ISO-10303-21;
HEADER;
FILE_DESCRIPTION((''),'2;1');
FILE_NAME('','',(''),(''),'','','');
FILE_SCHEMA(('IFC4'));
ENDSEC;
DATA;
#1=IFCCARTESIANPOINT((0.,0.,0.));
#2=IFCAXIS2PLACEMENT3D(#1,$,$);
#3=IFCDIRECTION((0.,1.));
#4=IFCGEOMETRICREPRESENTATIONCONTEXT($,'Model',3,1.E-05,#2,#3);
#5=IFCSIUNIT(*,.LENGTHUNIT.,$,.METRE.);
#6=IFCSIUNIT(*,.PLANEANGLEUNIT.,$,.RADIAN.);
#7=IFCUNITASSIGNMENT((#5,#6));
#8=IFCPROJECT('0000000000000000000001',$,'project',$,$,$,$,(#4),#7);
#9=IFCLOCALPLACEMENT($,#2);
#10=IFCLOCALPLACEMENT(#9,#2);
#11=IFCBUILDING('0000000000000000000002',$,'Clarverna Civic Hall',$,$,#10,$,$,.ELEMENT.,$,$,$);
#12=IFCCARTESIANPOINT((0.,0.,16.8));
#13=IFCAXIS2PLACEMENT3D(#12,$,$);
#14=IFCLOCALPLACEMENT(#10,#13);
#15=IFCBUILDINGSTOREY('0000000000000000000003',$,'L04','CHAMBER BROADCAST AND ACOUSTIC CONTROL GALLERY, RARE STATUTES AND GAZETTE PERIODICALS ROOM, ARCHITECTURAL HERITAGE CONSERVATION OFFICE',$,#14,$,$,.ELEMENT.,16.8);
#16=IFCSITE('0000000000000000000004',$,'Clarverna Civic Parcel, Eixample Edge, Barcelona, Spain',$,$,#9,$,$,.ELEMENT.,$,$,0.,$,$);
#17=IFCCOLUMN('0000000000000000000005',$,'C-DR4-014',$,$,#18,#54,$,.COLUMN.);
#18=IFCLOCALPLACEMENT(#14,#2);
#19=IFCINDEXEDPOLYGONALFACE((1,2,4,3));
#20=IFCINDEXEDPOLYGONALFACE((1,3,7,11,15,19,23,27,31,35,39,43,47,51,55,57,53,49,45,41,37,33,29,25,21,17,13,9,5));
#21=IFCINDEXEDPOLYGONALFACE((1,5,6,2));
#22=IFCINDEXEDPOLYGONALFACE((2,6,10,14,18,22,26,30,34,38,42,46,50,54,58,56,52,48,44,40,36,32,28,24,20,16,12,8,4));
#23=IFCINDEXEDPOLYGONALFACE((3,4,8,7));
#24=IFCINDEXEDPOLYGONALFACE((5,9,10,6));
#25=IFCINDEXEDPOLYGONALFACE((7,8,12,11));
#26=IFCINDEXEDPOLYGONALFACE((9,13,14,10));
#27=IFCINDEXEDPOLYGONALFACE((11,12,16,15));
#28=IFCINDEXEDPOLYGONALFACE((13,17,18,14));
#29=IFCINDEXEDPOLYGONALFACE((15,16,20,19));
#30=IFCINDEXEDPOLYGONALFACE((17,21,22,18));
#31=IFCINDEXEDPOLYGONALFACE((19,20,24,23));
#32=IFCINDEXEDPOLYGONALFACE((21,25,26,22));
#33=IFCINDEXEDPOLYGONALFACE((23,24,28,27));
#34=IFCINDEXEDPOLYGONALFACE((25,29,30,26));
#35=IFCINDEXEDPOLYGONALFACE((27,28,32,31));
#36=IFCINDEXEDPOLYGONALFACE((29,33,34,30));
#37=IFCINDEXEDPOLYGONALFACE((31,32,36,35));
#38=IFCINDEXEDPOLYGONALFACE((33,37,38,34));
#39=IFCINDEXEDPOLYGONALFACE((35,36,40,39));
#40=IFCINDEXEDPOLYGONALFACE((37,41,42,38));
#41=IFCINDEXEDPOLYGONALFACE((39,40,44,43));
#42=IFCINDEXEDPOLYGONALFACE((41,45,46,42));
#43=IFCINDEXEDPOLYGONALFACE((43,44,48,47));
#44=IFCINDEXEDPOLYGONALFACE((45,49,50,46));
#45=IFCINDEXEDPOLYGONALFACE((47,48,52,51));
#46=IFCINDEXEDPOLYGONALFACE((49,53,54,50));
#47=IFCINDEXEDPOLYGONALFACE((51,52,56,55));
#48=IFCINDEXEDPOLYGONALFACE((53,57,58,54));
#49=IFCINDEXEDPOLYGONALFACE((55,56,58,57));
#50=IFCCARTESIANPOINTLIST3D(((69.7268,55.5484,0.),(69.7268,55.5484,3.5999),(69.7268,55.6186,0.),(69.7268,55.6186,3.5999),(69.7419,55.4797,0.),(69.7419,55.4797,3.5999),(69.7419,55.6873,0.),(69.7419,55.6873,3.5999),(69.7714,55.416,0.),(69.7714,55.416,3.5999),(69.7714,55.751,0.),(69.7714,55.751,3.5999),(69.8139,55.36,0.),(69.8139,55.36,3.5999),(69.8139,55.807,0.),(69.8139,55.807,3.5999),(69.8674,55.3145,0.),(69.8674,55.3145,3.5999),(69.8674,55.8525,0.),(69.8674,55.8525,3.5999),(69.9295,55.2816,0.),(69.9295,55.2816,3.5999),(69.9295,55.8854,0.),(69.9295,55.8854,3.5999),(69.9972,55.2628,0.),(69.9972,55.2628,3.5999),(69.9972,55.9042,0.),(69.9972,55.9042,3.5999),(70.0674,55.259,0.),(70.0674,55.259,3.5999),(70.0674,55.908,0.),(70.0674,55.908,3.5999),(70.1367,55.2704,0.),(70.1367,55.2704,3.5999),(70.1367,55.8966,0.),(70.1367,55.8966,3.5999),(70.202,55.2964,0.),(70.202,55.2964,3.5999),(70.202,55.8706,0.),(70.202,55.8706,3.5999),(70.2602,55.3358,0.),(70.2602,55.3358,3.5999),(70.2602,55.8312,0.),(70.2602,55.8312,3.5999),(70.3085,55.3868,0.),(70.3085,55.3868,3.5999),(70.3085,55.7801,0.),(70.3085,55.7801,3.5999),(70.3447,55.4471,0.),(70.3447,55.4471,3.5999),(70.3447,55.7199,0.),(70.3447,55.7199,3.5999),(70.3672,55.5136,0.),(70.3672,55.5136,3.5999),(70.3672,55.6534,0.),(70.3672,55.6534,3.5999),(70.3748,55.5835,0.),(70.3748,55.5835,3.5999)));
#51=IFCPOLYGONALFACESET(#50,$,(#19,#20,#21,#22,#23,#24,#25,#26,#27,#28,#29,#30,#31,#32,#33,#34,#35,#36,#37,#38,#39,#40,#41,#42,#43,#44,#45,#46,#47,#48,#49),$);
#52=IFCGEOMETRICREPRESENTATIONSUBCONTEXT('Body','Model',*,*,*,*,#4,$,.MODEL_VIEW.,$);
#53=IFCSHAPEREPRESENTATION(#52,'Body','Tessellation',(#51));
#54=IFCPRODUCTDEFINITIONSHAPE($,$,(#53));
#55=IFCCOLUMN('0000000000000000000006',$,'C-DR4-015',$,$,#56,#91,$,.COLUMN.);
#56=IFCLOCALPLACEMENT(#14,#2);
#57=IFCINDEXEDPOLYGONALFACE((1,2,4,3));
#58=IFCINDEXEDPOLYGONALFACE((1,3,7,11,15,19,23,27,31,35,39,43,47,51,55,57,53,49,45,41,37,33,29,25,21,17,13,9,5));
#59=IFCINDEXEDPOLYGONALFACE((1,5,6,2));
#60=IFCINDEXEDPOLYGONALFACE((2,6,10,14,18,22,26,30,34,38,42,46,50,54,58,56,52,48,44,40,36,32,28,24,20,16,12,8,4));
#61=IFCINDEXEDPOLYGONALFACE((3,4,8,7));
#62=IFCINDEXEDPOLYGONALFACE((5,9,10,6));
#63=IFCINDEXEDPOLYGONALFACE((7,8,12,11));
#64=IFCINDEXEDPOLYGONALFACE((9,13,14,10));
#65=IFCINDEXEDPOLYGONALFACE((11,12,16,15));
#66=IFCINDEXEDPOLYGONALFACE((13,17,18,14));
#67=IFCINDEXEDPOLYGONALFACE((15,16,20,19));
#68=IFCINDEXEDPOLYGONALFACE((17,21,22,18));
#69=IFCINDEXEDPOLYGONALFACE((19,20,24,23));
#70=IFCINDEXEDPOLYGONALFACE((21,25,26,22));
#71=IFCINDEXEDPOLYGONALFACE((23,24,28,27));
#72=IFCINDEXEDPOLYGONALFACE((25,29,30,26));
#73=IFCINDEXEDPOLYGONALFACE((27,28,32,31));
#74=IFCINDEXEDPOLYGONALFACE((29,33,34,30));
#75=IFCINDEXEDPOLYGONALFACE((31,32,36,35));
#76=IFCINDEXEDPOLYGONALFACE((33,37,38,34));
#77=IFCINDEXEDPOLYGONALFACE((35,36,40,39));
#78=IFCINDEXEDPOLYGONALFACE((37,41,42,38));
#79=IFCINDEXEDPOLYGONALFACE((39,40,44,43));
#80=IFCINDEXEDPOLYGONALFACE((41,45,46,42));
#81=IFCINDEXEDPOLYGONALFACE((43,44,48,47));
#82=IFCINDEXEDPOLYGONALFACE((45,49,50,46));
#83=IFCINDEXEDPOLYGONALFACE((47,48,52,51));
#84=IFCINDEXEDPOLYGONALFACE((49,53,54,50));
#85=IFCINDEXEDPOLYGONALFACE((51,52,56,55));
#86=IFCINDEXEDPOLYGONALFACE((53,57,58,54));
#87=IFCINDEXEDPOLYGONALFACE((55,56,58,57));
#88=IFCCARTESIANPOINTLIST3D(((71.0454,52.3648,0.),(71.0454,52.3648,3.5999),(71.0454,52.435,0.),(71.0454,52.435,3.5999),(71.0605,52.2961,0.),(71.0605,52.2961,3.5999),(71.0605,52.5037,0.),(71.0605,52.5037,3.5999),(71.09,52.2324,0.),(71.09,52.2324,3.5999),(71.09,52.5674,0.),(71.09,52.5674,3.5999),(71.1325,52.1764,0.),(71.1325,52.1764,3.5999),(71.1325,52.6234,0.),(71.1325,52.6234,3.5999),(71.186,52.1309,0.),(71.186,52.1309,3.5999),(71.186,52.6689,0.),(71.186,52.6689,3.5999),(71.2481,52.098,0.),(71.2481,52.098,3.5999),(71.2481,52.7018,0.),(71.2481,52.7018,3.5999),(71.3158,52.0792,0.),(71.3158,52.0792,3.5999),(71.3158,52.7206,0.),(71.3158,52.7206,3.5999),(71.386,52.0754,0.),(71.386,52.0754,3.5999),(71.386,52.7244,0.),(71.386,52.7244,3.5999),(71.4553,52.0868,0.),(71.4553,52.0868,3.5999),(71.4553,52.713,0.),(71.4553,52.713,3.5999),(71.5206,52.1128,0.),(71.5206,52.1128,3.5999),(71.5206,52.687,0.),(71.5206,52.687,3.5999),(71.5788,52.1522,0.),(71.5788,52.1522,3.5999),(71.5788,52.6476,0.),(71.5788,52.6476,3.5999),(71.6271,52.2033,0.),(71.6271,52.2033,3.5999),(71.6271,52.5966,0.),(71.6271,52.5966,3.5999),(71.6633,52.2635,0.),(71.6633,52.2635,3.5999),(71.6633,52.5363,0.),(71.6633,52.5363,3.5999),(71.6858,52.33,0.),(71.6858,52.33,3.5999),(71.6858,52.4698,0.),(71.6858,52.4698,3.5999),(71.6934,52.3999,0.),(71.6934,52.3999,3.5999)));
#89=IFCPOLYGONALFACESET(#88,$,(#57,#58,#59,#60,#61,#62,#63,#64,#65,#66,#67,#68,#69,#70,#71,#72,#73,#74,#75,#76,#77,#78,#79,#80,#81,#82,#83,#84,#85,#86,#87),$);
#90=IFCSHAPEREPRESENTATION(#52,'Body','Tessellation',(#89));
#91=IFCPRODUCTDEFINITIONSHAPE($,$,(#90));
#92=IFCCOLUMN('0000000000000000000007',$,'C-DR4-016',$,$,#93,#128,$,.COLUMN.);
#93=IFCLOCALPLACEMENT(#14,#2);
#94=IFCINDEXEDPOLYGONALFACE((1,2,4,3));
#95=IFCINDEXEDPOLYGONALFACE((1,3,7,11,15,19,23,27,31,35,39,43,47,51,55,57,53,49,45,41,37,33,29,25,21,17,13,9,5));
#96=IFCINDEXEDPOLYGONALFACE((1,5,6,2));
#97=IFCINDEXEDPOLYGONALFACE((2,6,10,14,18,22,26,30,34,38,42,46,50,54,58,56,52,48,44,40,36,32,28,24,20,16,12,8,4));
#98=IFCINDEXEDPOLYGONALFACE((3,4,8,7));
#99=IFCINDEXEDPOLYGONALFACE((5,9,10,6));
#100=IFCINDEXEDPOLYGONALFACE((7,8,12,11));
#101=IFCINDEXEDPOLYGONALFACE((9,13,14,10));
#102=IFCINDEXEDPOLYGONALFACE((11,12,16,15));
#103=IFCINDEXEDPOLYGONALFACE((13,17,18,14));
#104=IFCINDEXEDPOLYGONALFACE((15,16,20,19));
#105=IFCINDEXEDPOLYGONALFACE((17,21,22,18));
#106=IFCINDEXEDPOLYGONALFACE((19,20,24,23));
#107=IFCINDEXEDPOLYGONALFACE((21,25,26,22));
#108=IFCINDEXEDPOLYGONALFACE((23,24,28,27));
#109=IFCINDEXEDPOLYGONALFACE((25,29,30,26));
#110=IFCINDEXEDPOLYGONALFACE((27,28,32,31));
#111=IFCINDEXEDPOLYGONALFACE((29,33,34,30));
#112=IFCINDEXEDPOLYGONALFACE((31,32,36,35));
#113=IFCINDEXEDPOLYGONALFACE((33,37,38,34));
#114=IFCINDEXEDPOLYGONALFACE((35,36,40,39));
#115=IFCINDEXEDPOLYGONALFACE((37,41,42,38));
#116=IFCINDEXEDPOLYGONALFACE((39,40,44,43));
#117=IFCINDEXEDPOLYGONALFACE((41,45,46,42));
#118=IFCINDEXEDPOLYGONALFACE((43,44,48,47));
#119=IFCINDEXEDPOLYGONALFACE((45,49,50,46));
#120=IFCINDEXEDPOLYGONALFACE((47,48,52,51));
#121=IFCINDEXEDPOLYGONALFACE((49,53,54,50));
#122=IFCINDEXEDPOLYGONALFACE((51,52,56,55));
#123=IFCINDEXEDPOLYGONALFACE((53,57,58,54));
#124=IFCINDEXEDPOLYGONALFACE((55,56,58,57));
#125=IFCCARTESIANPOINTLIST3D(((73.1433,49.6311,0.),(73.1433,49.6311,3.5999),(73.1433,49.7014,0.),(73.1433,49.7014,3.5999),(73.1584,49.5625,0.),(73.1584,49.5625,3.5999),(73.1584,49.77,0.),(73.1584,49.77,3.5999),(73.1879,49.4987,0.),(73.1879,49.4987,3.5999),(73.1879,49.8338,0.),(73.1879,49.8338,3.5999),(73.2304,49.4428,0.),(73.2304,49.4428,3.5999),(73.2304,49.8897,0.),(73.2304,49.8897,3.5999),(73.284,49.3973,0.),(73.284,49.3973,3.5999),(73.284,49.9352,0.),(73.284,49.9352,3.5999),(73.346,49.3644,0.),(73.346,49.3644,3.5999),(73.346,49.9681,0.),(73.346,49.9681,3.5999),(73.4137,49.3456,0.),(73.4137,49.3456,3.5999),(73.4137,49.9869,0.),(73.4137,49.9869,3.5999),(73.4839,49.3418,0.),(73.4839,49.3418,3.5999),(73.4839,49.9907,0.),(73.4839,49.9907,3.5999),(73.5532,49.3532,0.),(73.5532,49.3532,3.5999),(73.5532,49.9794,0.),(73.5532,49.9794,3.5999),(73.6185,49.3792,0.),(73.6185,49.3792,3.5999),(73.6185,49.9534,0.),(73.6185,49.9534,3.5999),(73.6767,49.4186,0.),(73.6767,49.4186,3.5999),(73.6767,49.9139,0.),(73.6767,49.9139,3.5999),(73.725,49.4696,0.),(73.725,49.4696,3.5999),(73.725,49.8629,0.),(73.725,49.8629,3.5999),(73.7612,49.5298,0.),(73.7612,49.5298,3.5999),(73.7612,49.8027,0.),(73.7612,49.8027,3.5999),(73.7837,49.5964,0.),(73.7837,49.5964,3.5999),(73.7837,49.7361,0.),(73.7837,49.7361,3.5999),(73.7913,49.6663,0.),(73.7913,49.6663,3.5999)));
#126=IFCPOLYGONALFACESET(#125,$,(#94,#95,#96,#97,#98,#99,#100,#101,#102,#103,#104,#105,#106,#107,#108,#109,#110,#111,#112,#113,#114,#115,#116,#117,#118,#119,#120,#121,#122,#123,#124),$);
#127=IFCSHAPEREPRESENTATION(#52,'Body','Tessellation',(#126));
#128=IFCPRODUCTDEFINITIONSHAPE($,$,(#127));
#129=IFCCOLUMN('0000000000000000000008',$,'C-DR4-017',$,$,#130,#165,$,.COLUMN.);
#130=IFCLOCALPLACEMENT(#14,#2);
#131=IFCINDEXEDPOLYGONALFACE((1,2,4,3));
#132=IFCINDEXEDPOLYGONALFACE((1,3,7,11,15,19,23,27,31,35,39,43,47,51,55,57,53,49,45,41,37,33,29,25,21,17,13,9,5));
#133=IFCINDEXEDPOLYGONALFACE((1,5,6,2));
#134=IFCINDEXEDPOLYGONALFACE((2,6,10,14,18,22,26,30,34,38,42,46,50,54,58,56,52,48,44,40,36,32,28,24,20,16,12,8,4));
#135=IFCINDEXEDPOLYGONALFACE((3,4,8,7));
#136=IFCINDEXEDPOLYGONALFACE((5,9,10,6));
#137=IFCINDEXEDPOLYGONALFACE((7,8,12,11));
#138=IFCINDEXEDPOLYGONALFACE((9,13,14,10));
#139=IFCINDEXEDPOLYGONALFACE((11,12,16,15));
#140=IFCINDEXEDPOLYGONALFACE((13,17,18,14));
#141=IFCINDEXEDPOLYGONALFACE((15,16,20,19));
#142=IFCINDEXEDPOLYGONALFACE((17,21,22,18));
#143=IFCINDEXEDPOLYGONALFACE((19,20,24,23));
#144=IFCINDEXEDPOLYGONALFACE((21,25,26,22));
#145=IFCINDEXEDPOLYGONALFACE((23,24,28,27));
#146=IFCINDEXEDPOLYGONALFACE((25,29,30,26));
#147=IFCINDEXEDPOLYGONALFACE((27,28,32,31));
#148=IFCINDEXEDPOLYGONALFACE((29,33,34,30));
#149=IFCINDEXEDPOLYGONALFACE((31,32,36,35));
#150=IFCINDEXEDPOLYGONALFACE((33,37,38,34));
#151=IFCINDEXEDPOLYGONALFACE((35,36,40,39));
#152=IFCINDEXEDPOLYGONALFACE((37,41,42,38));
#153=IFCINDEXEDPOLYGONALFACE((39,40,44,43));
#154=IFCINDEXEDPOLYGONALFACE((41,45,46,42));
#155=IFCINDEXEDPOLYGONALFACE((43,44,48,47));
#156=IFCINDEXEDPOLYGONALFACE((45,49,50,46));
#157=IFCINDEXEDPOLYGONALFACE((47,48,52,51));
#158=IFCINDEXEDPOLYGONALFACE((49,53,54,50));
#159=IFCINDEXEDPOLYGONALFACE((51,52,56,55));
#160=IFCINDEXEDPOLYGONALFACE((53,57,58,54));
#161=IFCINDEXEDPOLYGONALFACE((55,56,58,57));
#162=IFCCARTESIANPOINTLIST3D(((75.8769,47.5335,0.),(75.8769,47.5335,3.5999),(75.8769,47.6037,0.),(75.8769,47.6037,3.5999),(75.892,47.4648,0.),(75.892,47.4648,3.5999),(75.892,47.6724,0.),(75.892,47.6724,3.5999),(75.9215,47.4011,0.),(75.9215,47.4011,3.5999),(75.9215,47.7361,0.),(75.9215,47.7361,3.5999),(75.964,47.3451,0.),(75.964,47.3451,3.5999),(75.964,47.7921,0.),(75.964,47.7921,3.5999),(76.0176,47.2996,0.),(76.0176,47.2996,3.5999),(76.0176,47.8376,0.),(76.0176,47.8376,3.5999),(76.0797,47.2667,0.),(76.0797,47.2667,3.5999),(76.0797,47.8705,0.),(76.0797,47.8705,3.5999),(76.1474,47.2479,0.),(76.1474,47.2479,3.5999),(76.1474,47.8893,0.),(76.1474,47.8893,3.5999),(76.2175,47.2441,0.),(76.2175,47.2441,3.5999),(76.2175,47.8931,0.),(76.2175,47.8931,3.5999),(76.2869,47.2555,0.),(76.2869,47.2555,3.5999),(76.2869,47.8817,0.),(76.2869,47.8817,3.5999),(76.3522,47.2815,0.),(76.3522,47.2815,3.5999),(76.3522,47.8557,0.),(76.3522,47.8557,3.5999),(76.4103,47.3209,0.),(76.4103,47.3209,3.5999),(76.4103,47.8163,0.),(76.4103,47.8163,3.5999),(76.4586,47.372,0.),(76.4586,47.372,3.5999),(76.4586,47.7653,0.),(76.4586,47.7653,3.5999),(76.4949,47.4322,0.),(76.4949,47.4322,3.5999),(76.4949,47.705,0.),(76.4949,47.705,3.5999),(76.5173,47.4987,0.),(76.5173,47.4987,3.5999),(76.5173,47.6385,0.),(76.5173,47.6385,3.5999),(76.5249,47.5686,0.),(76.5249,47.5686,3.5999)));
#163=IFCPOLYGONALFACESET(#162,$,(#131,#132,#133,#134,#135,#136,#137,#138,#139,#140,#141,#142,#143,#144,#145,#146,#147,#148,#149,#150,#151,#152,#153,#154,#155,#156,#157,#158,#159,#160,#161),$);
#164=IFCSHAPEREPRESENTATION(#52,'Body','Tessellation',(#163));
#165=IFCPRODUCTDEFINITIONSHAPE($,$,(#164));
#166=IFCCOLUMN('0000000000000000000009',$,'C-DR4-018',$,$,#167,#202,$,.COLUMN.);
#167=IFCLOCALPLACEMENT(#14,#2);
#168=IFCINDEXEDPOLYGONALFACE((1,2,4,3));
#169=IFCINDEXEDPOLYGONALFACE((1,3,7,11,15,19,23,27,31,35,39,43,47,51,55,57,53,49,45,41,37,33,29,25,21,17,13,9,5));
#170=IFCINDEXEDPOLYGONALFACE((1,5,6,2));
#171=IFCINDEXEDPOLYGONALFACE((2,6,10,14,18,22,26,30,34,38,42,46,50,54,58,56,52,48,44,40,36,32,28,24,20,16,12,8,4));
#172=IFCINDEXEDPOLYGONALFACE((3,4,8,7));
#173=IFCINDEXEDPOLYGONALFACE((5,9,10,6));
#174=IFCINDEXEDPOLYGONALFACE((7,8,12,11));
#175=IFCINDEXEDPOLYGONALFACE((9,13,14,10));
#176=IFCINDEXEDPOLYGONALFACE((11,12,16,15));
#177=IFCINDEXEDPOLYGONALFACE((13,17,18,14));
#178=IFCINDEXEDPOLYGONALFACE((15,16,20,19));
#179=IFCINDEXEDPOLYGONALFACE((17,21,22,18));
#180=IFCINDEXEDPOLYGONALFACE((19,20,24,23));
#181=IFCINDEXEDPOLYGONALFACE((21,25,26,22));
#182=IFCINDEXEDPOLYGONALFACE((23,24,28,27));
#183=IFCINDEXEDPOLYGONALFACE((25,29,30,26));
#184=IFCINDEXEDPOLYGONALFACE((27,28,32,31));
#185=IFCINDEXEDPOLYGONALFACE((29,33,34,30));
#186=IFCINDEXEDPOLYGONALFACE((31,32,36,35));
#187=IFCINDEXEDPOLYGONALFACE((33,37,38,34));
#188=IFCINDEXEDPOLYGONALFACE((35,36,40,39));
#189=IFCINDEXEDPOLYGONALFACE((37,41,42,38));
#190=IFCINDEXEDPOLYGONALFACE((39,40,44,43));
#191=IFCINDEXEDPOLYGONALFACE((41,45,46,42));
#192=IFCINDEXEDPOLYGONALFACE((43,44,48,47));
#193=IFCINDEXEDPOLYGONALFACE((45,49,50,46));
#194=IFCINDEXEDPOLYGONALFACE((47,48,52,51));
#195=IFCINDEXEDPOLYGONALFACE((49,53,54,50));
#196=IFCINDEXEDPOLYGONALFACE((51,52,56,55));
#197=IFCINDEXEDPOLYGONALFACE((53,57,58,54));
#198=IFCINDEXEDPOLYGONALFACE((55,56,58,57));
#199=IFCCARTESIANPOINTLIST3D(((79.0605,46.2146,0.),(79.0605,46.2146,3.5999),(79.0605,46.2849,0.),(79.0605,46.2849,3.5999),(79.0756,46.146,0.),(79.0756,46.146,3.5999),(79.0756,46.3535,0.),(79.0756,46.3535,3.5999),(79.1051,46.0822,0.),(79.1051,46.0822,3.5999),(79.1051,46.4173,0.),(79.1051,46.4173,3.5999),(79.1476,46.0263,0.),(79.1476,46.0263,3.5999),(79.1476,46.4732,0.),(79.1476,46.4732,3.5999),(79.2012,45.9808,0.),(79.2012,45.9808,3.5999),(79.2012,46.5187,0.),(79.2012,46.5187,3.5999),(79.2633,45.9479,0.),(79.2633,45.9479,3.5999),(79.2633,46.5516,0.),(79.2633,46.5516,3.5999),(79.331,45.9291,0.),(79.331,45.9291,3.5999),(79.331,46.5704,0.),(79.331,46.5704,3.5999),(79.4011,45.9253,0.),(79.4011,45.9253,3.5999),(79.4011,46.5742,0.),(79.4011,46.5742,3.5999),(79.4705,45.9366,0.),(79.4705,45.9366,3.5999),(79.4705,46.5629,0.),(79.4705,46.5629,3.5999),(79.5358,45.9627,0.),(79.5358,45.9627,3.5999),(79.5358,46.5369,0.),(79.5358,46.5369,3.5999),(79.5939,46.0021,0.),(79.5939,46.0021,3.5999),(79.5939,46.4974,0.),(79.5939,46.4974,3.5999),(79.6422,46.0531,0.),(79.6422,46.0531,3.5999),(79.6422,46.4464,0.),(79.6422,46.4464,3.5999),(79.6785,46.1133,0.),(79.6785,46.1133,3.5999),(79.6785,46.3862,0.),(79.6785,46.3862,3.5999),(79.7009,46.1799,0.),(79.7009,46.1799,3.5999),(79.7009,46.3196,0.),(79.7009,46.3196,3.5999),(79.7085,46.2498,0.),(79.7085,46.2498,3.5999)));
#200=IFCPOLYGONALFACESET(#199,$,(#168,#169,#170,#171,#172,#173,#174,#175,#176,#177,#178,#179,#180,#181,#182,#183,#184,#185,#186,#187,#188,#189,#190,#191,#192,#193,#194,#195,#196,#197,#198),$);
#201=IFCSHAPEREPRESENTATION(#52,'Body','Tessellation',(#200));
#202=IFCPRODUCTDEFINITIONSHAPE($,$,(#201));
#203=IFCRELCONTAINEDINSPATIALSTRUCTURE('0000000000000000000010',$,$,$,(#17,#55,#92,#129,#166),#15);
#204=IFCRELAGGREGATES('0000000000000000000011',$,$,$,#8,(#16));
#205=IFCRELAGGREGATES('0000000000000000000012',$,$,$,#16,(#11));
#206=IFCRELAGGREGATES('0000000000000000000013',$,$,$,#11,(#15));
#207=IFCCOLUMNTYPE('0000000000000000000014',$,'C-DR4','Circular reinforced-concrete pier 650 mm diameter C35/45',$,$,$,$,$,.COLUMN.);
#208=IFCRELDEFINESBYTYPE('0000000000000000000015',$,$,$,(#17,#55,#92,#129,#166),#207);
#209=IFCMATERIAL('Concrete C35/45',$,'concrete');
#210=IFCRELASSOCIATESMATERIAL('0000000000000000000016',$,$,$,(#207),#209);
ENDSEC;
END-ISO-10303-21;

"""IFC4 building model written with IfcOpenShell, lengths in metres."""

from ifc_helpers import new_model, si_unit, direction, frame, origin, origin_2d, place, context, subcontext, project, spatial, circle, extrude, material, material_profile, profile_set, type_object, element, save


model = new_model("IFC4")

# Units and contexts
model_context = context("Model", 3, precision=1e-05, world=origin(), true_north=direction((0.0, 1.0)))
body_context = subcontext(model_context, "Body", "Model", "MODEL_VIEW")
ifc_project = project(units=[si_unit("LENGTHUNIT", "METRE"), si_unit("PLANEANGLEUNIT", "RADIAN")], contexts=[model_context])

# Site, building, storey
site_placement = place(None, origin())
site = spatial("IfcSite", under=ifc_project, at=site_placement, Name="Clarverna Civic Parcel, Eixample Edge, Barcelona, Spain", CompositionType="ELEMENT", RefElevation=0.0)
building_placement = place(site_placement, origin())
building = spatial("IfcBuilding", under=site, at=building_placement, Name="Clarverna Civic Hall", CompositionType="ELEMENT")
storey_placement = place(building_placement, frame((0.0, 0.0, 16.8)))
storey = spatial("IfcBuildingStorey", under=building, at=storey_placement, Name="L04", Description="CHAMBER BROADCAST AND ACOUSTIC CONTROL GALLERY, RARE STATUTES AND GAZETTE PERIODICALS ROOM, ARCHITECTURAL HERITAGE CONSERVATION OFFICE", CompositionType="ELEMENT", Elevation=16.8)

# Columns
ifc_material_1 = material(Name="Concrete C35/45", Category="concrete")
ifc_material_profile_1 = material_profile(ifc_material_1, circle(Radius=0.325, at=origin_2d()), Name="RC D650")
ifc_profile_set_1 = profile_set([ifc_material_profile_1], Name="Concrete C35/45")
column_type = type_object("IfcColumnType", Name="C-DR4", Description="Circular reinforced-concrete pier 650 mm diameter C35/45", PredefinedType="COLUMN", material=ifc_profile_set_1)
for number, where, z_axis, x_axis, name in (
    (1, (70.0498, 55.5835, 0.0), (0.0, 0.0, 1.0), (1.0, 0.0, 0.0), "C-DR4-014"),
    (2, (71.3684, 52.3999, 0.0), (0.0, 0.0, 1.0), (1.0, 0.0, 0.0), "C-DR4-015"),
    (3, (73.4663, 49.6663, 0.0), (0.0, 0.0, 1.0), (1.0, 0.0, 0.0), "C-DR4-016"),
    (4, (76.2, 47.5686, 0.0), (0.0, 0.0, 1.0), (1.0, 0.0, 0.0), "C-DR4-017"),
    (5, (79.3835, 46.2498, 0.0), (0.0, 0.0, 1.0), (1.0, 0.0, 0.0), "C-DR4-018"),
):
    element("IfcColumn", number, at=place(storey_placement, frame(where, z_axis=z_axis, x_axis=x_axis)), inside=storey, type_object=column_type, Name=name, PredefinedType="COLUMN", context=body_context, shape_type="SweptSolid", body=[
        extrude(circle(Radius=0.325, at=origin_2d()), origin(), (0.0, 0.0, 1.0), 3.5999),
    ])

save(model, "model.ifc")
